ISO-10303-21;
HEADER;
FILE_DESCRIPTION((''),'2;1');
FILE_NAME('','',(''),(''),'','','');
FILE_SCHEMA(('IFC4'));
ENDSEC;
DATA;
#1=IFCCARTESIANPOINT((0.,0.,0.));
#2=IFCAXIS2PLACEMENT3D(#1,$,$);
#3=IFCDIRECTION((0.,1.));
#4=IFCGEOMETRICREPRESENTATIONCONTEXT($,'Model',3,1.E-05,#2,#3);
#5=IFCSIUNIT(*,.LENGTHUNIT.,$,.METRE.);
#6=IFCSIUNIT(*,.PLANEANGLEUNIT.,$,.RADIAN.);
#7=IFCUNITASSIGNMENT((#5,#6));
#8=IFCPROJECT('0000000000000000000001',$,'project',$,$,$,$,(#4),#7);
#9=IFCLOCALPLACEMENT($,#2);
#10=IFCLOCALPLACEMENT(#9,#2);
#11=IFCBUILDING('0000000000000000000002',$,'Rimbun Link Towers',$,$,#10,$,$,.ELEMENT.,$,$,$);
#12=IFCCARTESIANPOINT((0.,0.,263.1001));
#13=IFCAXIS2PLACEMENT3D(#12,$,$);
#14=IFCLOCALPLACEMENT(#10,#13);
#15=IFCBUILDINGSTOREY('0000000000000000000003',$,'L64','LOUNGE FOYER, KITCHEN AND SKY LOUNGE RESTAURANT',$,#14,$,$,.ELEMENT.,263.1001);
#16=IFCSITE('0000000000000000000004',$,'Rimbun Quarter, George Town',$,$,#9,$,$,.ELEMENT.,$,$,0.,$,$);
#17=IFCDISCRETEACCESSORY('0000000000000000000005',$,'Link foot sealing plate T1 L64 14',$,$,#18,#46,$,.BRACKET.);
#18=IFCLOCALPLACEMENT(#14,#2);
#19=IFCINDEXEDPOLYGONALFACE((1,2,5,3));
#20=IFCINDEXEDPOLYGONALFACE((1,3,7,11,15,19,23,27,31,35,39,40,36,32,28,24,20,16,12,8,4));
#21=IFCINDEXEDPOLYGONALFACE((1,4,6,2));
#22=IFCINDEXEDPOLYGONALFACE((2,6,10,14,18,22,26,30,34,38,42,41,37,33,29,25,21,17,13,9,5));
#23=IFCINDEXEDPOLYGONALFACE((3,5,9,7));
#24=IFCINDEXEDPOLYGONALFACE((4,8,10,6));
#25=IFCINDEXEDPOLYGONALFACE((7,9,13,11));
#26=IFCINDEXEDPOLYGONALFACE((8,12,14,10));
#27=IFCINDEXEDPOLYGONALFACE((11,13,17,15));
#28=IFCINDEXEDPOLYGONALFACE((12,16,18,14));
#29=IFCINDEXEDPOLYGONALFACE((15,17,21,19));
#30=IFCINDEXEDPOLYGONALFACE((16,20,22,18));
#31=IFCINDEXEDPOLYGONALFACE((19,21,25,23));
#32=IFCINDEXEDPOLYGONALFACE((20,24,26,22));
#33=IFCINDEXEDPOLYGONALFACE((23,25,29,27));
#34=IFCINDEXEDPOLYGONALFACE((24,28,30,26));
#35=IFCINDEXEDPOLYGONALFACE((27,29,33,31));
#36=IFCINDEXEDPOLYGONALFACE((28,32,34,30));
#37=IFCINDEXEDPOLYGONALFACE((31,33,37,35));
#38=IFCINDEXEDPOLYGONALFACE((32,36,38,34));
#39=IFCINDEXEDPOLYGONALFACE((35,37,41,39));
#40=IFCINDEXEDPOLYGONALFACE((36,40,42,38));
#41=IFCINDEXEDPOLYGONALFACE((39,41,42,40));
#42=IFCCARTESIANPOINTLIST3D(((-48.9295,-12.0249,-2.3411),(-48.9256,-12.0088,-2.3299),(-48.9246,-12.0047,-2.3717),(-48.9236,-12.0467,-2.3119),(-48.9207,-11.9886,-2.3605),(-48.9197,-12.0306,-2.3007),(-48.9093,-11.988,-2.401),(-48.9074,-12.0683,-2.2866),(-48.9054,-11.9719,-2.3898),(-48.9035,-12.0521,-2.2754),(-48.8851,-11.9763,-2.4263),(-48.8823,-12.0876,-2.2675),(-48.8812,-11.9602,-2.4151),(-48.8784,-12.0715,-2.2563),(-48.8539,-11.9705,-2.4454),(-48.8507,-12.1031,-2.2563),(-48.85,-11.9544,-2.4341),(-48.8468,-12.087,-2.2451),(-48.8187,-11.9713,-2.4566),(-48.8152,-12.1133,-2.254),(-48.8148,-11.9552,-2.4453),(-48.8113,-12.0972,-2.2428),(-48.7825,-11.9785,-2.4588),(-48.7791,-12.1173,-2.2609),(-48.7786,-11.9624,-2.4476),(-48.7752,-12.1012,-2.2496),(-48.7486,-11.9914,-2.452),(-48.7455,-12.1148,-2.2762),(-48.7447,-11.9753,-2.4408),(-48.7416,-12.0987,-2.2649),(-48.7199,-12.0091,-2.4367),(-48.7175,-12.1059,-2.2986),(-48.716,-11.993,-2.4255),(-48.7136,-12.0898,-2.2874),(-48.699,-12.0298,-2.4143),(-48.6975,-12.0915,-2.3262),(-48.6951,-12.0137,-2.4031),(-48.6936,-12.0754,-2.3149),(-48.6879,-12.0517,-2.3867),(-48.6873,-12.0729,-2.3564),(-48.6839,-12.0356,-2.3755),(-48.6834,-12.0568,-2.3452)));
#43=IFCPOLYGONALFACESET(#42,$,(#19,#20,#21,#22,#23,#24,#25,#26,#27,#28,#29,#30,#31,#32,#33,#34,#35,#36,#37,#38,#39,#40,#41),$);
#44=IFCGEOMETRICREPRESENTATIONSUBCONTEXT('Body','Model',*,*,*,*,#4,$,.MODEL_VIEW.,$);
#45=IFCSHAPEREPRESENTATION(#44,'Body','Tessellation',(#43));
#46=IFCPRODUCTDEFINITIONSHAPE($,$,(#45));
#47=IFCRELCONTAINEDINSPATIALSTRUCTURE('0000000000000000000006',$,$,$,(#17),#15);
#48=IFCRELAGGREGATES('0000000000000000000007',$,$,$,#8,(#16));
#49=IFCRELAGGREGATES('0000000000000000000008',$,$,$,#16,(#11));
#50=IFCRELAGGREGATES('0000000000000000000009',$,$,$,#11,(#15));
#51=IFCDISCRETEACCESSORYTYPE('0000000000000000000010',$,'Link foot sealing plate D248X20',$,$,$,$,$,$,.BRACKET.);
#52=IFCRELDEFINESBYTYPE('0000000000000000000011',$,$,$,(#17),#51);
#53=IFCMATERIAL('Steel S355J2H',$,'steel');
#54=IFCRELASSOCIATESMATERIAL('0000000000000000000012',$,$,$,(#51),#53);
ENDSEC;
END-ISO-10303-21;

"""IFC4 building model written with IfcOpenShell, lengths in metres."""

from ifc_helpers import new_model, si_unit, direction, frame, origin, origin_2d, place, context, subcontext, project, spatial, circle, extrude, material, material_profile, profile_set, type_object, element, save


model = new_model("IFC4")

# Units and contexts
model_context = context("Model", 3, precision=1e-05, world=origin(), true_north=direction((0.0, 1.0)))
body_context = subcontext(model_context, "Body", "Model", "MODEL_VIEW")
ifc_project = project(units=[si_unit("LENGTHUNIT", "METRE"), si_unit("PLANEANGLEUNIT", "RADIAN")], contexts=[model_context])

# Site, building, storey
site_placement = place(None, origin())
site = spatial("IfcSite", under=ifc_project, at=site_placement, Name="Rimbun Quarter, George Town", CompositionType="ELEMENT", RefElevation=0.0)
building_placement = place(site_placement, origin())
building = spatial("IfcBuilding", under=site, at=building_placement, Name="Rimbun Link Towers", CompositionType="ELEMENT")
storey_placement = place(building_placement, frame((0.0, 0.0, 263.1001)))
storey = spatial("IfcBuildingStorey", under=building, at=storey_placement, Name="L64", Description="LOUNGE FOYER, KITCHEN AND SKY LOUNGE RESTAURANT", CompositionType="ELEMENT", Elevation=263.1001)

# Discrete accessory
ifc_material_1 = material(Name="Steel S355J2H", Category="steel")
ifc_material_profile_1 = material_profile(ifc_material_1, circle(Radius=0.124, at=origin_2d()), Name="PL D248")
ifc_profile_set_1 = profile_set([ifc_material_profile_1], Name="Steel S355J2H")
discrete_accessory_type = type_object("IfcDiscreteAccessoryType", Name="Link foot sealing plate D248X20", PredefinedType="BRACKET", material=ifc_profile_set_1)
discrete_accessory_placement = place(storey_placement, frame((-48.804, -12.0276, -2.3452), z_axis=(-0.195064, -0.804639, -0.560809), x_axis=(0.97185, -0.2356, 0.0)))
element("IfcDiscreteAccessory", 1, at=discrete_accessory_placement, inside=storey, type_object=discrete_accessory_type, Name="Link foot sealing plate T1 L64 14", PredefinedType="BRACKET", context=body_context, shape_type="SweptSolid", body=[
    extrude(circle(Radius=0.124, at=origin_2d()), origin(), (0.0, 0.0, 1.0), 0.02),
])

save(model, "model.ifc")
